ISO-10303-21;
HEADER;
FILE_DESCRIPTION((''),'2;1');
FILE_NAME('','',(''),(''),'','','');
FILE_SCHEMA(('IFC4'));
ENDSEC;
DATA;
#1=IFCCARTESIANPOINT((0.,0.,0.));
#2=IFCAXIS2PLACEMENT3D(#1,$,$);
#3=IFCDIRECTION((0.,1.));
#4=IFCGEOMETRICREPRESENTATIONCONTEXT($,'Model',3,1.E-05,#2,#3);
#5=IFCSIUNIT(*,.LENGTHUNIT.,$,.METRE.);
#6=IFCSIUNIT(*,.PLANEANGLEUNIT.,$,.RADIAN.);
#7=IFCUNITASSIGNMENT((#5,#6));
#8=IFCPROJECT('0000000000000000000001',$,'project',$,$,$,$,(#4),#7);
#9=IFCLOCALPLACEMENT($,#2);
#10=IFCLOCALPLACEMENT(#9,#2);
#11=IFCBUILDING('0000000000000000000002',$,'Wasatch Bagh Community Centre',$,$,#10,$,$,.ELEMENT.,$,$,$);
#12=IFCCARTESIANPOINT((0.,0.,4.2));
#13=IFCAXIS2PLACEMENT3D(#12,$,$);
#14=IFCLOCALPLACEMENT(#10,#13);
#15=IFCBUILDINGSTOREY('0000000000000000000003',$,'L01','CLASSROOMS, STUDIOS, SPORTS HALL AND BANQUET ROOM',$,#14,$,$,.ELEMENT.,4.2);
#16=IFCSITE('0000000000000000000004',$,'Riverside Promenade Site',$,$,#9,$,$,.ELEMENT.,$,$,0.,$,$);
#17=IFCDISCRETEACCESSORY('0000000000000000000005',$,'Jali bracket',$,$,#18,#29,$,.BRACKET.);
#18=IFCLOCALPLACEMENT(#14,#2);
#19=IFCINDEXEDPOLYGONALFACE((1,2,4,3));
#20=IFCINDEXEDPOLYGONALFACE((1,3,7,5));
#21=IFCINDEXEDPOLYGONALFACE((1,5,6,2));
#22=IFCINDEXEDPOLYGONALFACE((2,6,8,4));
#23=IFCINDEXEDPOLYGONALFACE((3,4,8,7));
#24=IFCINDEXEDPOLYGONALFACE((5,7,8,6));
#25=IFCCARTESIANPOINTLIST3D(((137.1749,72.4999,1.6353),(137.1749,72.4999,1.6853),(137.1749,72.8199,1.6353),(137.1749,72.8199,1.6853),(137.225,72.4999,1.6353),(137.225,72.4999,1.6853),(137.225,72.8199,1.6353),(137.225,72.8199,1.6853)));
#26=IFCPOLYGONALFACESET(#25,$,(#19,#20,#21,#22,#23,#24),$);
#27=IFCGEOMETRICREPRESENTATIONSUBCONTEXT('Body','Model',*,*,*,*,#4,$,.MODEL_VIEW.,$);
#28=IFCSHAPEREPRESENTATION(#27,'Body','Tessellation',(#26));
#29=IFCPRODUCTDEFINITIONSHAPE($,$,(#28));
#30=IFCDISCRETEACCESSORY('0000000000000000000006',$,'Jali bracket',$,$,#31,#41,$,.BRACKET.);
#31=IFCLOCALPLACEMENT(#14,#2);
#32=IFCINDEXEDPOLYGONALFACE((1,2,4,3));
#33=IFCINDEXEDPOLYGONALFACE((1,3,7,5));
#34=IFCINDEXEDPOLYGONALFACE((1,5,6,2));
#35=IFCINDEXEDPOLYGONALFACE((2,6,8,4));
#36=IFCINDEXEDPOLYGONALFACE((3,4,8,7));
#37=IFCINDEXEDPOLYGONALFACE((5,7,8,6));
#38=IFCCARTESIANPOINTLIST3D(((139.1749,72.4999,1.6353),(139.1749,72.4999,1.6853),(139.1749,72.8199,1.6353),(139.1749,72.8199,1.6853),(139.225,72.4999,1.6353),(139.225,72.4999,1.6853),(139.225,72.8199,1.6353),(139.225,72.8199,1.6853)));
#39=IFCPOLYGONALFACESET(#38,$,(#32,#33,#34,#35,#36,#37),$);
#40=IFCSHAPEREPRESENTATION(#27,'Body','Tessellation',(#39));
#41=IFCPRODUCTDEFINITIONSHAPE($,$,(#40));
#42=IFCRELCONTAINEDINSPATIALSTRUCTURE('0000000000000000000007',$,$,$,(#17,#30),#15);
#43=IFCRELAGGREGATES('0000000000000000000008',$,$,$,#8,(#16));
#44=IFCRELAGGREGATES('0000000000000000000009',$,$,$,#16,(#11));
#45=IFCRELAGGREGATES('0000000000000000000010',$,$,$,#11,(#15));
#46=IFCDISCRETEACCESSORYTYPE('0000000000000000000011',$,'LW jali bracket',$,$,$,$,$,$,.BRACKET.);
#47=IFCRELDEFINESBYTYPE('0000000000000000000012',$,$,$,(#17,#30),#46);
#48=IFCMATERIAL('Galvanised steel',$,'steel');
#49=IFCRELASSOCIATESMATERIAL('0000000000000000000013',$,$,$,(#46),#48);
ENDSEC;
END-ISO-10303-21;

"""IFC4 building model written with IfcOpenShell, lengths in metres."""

from ifc_helpers import new_model, si_unit, direction, frame, origin, origin_2d, place, context, subcontext, project, spatial, rectangle, extrude, material, type_object, element, save


model = new_model("IFC4")

# Units and contexts
model_context = context("Model", 3, precision=1e-05, world=origin(), true_north=direction((0.0, 1.0)))
body_context = subcontext(model_context, "Body", "Model", "MODEL_VIEW")
ifc_project = project(units=[si_unit("LENGTHUNIT", "METRE"), si_unit("PLANEANGLEUNIT", "RADIAN")], contexts=[model_context])

# Site, building, storey
site_placement = place(None, origin())
site = spatial("IfcSite", under=ifc_project, at=site_placement, Name="Riverside Promenade Site", CompositionType="ELEMENT", RefElevation=0.0)
building_placement = place(site_placement, origin())
building = spatial("IfcBuilding", under=site, at=building_placement, Name="Wasatch Bagh Community Centre", CompositionType="ELEMENT")
storey_placement = place(building_placement, frame((0.0, 0.0, 4.2)))
storey = spatial("IfcBuildingStorey", under=building, at=storey_placement, Name="L01", Description="CLASSROOMS, STUDIOS, SPORTS HALL AND BANQUET ROOM", CompositionType="ELEMENT", Elevation=4.2)

# Discrete accessories
ifc_material_1 = material(Name="Galvanised steel", Category="steel")
discrete_accessory_type = type_object("IfcDiscreteAccessoryType", Name="LW jali bracket", PredefinedType="BRACKET", material=ifc_material_1)
for number, where, z_axis, x_axis, name in (
    (1, (137.2, 72.6599, 1.6353), (0.0, 0.0, 1.0), (1.0, 0.0, 0.0), "Jali bracket"),
    (2, (139.2, 72.6599, 1.6353), (0.0, 0.0, 1.0), (1.0, 0.0, 0.0), "Jali bracket"),
):
    element("IfcDiscreteAccessory", number, at=place(storey_placement, frame(where, z_axis=z_axis, x_axis=x_axis)), inside=storey, type_object=discrete_accessory_type, Name=name, PredefinedType="BRACKET", context=body_context, shape_type="SweptSolid", body=[
        extrude(rectangle(XDim=0.05, YDim=0.3201, at=origin_2d()), origin(), (0.0, 0.0, 1.0), 0.05),
    ])

save(model, "model.ifc")
